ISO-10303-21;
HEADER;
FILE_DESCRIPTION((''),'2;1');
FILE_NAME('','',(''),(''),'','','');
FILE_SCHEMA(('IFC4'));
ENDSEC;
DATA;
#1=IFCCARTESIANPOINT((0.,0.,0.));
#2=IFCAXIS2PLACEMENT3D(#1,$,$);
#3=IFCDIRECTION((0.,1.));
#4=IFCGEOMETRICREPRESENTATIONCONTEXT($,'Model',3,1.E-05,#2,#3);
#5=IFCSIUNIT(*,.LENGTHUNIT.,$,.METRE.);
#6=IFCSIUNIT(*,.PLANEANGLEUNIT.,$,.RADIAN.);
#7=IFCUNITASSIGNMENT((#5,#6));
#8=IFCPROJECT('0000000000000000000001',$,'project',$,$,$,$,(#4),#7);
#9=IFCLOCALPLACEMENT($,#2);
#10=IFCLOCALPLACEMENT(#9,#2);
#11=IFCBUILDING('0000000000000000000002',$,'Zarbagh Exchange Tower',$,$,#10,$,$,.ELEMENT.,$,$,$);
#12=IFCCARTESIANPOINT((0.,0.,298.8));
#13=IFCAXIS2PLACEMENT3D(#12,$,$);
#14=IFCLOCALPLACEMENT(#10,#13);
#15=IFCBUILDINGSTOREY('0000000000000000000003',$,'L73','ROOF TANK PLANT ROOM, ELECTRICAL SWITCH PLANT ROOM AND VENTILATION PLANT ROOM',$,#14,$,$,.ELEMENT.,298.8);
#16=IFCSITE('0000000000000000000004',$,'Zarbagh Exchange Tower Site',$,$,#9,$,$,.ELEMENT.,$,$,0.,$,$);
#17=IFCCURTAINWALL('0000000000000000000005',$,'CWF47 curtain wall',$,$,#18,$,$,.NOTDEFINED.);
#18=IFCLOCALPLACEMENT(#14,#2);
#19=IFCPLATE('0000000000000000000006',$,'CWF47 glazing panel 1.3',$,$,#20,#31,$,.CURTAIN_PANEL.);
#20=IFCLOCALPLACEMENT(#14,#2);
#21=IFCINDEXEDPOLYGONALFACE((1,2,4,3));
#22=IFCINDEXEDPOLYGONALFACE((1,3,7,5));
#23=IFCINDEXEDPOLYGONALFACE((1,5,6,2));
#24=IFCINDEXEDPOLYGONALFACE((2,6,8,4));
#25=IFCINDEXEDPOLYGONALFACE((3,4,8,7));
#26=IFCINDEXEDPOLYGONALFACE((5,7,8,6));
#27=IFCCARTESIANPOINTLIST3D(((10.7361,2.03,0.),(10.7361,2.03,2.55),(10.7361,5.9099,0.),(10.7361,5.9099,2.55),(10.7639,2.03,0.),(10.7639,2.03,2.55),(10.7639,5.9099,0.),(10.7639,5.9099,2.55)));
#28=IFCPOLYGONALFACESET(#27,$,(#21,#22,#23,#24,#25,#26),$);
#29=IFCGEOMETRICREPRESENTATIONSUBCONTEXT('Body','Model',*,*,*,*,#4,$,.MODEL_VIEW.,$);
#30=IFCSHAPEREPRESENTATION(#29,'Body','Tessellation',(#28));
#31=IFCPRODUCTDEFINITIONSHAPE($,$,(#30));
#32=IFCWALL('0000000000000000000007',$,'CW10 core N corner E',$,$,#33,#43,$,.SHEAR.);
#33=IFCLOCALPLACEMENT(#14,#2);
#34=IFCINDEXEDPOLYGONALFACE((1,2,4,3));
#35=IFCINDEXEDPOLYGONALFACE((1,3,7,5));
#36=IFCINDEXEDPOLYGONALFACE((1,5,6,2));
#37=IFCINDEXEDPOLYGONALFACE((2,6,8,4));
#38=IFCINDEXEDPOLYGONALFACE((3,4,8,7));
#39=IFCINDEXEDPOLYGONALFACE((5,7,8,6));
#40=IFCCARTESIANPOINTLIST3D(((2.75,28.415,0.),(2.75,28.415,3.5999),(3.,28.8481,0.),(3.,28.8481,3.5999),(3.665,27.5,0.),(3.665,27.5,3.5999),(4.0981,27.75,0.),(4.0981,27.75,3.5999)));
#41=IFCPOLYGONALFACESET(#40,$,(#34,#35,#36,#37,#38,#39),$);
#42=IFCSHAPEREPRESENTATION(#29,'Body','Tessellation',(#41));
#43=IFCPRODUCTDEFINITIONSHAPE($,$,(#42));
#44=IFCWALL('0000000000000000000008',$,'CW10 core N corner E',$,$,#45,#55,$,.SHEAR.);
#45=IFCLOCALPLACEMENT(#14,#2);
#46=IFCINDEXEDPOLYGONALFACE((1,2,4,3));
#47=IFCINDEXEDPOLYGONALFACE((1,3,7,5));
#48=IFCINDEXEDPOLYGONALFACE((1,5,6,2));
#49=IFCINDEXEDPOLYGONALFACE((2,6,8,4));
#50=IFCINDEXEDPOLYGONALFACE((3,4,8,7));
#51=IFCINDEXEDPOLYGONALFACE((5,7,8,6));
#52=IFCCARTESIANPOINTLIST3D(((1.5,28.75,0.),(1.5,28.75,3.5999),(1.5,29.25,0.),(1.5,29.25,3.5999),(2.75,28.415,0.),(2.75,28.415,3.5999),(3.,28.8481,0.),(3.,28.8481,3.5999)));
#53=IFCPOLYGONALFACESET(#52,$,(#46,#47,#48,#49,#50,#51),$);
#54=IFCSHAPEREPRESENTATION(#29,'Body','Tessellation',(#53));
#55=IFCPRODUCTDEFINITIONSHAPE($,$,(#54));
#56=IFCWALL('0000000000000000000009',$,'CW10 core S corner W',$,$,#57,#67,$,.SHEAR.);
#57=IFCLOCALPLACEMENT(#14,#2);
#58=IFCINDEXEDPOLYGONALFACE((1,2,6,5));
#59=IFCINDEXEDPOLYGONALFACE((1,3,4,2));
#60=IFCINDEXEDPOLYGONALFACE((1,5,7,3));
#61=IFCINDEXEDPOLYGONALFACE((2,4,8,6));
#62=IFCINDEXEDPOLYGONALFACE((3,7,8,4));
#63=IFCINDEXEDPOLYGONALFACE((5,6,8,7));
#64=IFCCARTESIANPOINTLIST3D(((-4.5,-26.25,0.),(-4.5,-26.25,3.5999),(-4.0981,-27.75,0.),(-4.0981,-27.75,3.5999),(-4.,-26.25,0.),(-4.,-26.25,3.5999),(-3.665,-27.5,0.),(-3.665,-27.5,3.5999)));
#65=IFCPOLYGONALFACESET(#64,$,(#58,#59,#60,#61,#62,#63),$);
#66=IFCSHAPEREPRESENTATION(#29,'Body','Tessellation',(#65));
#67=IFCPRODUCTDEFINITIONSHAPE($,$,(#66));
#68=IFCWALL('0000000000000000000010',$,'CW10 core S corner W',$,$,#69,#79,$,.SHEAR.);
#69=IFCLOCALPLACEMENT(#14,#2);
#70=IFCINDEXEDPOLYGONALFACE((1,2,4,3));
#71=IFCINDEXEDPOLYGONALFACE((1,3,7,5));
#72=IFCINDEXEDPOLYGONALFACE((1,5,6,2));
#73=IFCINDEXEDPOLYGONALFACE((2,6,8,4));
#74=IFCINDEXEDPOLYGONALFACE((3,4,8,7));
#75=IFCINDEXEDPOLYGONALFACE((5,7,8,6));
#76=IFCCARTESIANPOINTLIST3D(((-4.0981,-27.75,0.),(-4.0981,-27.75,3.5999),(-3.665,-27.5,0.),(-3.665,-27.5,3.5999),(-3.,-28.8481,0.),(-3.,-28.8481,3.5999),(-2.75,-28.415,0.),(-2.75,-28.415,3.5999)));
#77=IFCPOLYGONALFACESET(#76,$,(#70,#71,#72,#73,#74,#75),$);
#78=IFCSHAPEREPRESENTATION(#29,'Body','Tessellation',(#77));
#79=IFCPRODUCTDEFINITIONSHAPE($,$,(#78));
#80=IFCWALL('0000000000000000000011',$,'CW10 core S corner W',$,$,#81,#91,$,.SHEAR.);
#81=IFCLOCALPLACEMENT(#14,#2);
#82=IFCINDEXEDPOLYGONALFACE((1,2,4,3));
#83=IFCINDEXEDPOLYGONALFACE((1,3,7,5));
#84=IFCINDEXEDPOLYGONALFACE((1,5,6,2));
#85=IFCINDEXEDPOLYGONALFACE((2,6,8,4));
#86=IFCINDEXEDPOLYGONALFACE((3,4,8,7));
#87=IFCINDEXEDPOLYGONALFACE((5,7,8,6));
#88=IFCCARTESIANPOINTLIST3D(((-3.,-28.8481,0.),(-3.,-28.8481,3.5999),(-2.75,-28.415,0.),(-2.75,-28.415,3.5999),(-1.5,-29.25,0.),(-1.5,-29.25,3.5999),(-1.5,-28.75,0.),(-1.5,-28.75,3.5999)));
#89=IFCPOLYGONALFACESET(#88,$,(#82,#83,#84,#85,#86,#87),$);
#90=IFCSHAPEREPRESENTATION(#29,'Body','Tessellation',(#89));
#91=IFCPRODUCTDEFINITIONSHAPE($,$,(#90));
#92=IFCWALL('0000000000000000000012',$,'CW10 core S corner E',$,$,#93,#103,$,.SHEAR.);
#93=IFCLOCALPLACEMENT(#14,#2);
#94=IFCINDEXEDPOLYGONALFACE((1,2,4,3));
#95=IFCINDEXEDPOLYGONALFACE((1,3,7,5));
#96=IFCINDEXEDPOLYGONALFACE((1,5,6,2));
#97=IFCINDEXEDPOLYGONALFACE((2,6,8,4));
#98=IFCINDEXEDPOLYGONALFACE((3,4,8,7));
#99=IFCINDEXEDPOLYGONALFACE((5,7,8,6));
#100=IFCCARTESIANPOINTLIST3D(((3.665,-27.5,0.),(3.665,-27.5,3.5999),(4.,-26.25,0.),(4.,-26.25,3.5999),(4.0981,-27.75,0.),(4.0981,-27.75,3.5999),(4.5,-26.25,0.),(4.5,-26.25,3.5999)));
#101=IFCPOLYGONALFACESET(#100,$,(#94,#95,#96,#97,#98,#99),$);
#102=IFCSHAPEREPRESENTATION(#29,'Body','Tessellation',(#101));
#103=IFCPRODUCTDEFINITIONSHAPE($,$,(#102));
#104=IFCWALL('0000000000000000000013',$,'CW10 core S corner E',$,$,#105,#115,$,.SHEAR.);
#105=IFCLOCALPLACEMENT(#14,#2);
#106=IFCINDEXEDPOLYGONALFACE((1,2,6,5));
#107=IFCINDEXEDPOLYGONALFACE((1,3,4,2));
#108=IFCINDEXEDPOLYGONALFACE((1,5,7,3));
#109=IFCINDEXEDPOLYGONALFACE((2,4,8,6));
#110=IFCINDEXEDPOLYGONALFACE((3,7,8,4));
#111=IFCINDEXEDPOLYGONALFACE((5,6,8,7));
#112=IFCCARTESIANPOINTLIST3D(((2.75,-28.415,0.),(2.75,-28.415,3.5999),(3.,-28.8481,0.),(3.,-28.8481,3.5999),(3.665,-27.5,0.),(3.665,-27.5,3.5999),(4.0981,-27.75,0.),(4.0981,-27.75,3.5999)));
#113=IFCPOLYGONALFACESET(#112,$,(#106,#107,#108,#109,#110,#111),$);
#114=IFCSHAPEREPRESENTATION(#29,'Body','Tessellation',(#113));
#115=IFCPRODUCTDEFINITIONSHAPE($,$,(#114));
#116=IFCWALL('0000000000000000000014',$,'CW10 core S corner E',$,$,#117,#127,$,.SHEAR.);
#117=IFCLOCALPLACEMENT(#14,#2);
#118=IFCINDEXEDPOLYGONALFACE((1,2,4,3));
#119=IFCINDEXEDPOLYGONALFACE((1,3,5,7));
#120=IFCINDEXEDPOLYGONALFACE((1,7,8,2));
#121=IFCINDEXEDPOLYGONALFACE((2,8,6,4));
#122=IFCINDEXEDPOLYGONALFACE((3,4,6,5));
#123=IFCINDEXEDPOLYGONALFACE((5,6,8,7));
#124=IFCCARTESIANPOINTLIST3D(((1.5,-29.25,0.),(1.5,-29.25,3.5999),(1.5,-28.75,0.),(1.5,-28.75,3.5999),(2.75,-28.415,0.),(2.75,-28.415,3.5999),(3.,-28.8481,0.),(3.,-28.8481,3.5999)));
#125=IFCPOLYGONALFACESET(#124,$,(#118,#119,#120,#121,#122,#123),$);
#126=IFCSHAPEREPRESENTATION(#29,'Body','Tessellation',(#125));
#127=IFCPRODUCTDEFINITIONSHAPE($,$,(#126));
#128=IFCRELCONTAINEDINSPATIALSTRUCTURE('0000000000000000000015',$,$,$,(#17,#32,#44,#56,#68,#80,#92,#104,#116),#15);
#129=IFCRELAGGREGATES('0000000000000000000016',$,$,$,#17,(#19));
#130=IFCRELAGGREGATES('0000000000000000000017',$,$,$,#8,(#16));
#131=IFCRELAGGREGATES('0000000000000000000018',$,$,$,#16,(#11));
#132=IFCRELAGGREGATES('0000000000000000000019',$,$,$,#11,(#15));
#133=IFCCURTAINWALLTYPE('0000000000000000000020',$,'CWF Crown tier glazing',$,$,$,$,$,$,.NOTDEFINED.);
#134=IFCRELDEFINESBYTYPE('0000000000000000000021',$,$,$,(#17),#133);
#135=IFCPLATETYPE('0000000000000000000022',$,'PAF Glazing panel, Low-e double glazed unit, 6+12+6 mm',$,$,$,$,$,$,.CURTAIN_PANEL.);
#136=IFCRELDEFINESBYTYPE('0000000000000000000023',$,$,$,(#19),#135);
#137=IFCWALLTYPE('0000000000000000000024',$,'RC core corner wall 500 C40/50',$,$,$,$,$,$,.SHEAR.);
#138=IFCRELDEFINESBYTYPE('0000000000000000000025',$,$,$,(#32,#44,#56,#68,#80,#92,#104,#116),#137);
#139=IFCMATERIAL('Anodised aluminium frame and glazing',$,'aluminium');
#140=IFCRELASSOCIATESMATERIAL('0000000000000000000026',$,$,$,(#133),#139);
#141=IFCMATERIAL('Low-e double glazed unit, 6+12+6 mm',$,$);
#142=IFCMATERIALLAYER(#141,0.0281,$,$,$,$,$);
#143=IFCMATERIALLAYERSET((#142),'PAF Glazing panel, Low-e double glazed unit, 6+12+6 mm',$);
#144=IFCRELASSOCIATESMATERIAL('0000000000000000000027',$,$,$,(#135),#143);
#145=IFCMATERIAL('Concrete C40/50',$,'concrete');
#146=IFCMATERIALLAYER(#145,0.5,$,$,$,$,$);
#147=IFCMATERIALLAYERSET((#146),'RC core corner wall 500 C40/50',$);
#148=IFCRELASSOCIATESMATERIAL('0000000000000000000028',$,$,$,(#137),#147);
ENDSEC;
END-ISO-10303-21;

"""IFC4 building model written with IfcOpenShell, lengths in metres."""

from ifc_helpers import new_model, si_unit, direction, frame, origin, place, context, subcontext, project, spatial, polyline, outline, extrude, source, transform, mapped, material, layer, layer_set, type_object, element, aggregate, save


model = new_model("IFC4")

# Units and contexts
model_context = context("Model", 3, precision=1e-05, world=origin(), true_north=direction((0.0, 1.0)))
body_context = subcontext(model_context, "Body", "Model", "MODEL_VIEW")
ifc_project = project(units=[si_unit("LENGTHUNIT", "METRE"), si_unit("PLANEANGLEUNIT", "RADIAN")], contexts=[model_context])

# Site, building, storey
site_placement = place(None, origin())
site = spatial("IfcSite", under=ifc_project, at=site_placement, Name="Zarbagh Exchange Tower Site", CompositionType="ELEMENT", RefElevation=0.0)
building_placement = place(site_placement, origin())
building = spatial("IfcBuilding", under=site, at=building_placement, Name="Zarbagh Exchange Tower", CompositionType="ELEMENT")
storey_placement = place(building_placement, frame((0.0, 0.0, 298.8)))
storey = spatial("IfcBuildingStorey", under=building, at=storey_placement, Name="L73", Description="ROOF TANK PLANT ROOM, ELECTRICAL SWITCH PLANT ROOM AND VENTILATION PLANT ROOM", CompositionType="ELEMENT", Elevation=298.8)

# Shared definitions
ifc_material_1 = material(Name="Anodised aluminium frame and glazing", Category="aluminium")
curtain_wall_type = type_object("IfcCurtainWallType", Name="CWF Crown tier glazing", PredefinedType="NOTDEFINED", material=ifc_material_1)
placement = place(storey_placement, origin())

# Curtain wall
curtain_wall_1_placement = place(storey_placement, origin())
curtain_wall_1 = element("IfcCurtainWall", 1, at=curtain_wall_1_placement, inside=storey, type_object=curtain_wall_type, Name="CWF47 curtain wall", PredefinedType="NOTDEFINED")

# Shared definitions
ifc_material_2 = material(Name="Concrete C40/50", Category="concrete")

# Shared definitions
ifc_material_3 = material(Name="Low-e double glazed unit, 6+12+6 mm")
ifc_layer_1 = layer(ifc_material_3, 0.0281)
ifc_layer_set_1 = layer_set([ifc_layer_1], Name="PAF Glazing panel, Low-e double glazed unit, 6+12+6 mm")
plate_type = type_object("IfcPlateType", Name="PAF Glazing panel, Low-e double glazed unit, 6+12+6 mm", PredefinedType="CURTAIN_PANEL", material=ifc_layer_set_1)

# Plate
shared_shape_1 = source(origin(), body_context, "Body", "SweptSolid", [
    extrude(outline(polyline([(0.0, -0.0139), (3.8799, -0.0139), (3.8799, 0.0139), (0.0, 0.0139), (0.0, -0.0139)])), origin(), (0.0, 0.0, 1.0), 2.55),
])
plate_1 = element("IfcPlate", 2, at=placement, type_object=plate_type, Name="CWF47 glazing panel 1.3", PredefinedType="CURTAIN_PANEL", context=body_context, shape_type="MappedRepresentation", body=[
    mapped(shared_shape_1, transform((10.75, 2.03, 0.0), x_axis=(0.0, 1.0, 0.0), y_axis=(-1.0, 0.0, 0.0), z_axis=(0.0, 0.0, 1.0))),
])
aggregate(curtain_wall_1, [plate_1])

# Walls
ifc_layer_2 = layer(ifc_material_2, 0.5)
ifc_layer_set_2 = layer_set([ifc_layer_2], Name="RC core corner wall 500 C40/50")
wall_type = type_object("IfcWallType", Name="RC core corner wall 500 C40/50", PredefinedType="SHEAR", material=ifc_layer_set_2)
wall_1_placement = place(storey_placement, origin())
element("IfcWall", 3, at=wall_1_placement, inside=storey, type_object=wall_type, Name="CW10 core N corner E", PredefinedType="SHEAR", context=body_context, shape_type="SweptSolid", body=[
    extrude(outline(polyline([(4.0981, 27.75), (3.0, 28.8481), (2.75, 28.415), (3.665, 27.5), (4.0981, 27.75)])), origin(), (0.0, 0.0, 1.0), 3.5999),
])
wall_2_placement = place(storey_placement, origin())
element("IfcWall", 4, at=wall_2_placement, inside=storey, type_object=wall_type, Name="CW10 core N corner E", PredefinedType="SHEAR", context=body_context, shape_type="SweptSolid", body=[
    extrude(outline(polyline([(3.0, 28.8481), (1.5, 29.25), (1.5, 28.75), (2.75, 28.415), (3.0, 28.8481)])), origin(), (0.0, 0.0, 1.0), 3.5999),
])
wall_3_placement = place(storey_placement, origin())
element("IfcWall", 5, at=wall_3_placement, inside=storey, type_object=wall_type, Name="CW10 core S corner W", PredefinedType="SHEAR", context=body_context, shape_type="SweptSolid", body=[
    extrude(outline(polyline([(-4.5, -26.25), (-4.0981, -27.75), (-3.665, -27.5), (-4.0, -26.25), (-4.5, -26.25)])), origin(), (0.0, 0.0, 1.0), 3.5999),
])
wall_4_placement = place(storey_placement, origin())
element("IfcWall", 6, at=wall_4_placement, inside=storey, type_object=wall_type, Name="CW10 core S corner W", PredefinedType="SHEAR", context=body_context, shape_type="SweptSolid", body=[
    extrude(outline(polyline([(-4.0981, -27.75), (-3.0, -28.8481), (-2.75, -28.415), (-3.665, -27.5), (-4.0981, -27.75)])), origin(), (0.0, 0.0, 1.0), 3.5999),
])
wall_5_placement = place(storey_placement, origin())
element("IfcWall", 7, at=wall_5_placement, inside=storey, type_object=wall_type, Name="CW10 core S corner W", PredefinedType="SHEAR", context=body_context, shape_type="SweptSolid", body=[
    extrude(outline(polyline([(-3.0, -28.8481), (-1.5, -29.25), (-1.5, -28.75), (-2.75, -28.415), (-3.0, -28.8481)])), origin(), (0.0, 0.0, 1.0), 3.5999),
])
wall_6_placement = place(storey_placement, origin())
element("IfcWall", 8, at=wall_6_placement, inside=storey, type_object=wall_type, Name="CW10 core S corner E", PredefinedType="SHEAR", context=body_context, shape_type="SweptSolid", body=[
    extrude(outline(polyline([(4.5, -26.25), (4.0981, -27.75), (3.665, -27.5), (4.0, -26.25), (4.5, -26.25)])), origin(), (0.0, 0.0, 1.0), 3.5999),
])
wall_7_placement = place(storey_placement, origin())
element("IfcWall", 9, at=wall_7_placement, inside=storey, type_object=wall_type, Name="CW10 core S corner E", PredefinedType="SHEAR", context=body_context, shape_type="SweptSolid", body=[
    extrude(outline(polyline([(4.0981, -27.75), (3.0, -28.8481), (2.75, -28.415), (3.665, -27.5), (4.0981, -27.75)])), origin(), (0.0, 0.0, 1.0), 3.5999),
])
wall_8_placement = place(storey_placement, origin())
element("IfcWall", 10, at=wall_8_placement, inside=storey, type_object=wall_type, Name="CW10 core S corner E", PredefinedType="SHEAR", context=body_context, shape_type="SweptSolid", body=[
    extrude(outline(polyline([(3.0, -28.8481), (1.5, -29.25), (1.5, -28.75), (2.75, -28.415), (3.0, -28.8481)])), origin(), (0.0, 0.0, 1.0), 3.5999),
])

save(model, "model.ifc")
